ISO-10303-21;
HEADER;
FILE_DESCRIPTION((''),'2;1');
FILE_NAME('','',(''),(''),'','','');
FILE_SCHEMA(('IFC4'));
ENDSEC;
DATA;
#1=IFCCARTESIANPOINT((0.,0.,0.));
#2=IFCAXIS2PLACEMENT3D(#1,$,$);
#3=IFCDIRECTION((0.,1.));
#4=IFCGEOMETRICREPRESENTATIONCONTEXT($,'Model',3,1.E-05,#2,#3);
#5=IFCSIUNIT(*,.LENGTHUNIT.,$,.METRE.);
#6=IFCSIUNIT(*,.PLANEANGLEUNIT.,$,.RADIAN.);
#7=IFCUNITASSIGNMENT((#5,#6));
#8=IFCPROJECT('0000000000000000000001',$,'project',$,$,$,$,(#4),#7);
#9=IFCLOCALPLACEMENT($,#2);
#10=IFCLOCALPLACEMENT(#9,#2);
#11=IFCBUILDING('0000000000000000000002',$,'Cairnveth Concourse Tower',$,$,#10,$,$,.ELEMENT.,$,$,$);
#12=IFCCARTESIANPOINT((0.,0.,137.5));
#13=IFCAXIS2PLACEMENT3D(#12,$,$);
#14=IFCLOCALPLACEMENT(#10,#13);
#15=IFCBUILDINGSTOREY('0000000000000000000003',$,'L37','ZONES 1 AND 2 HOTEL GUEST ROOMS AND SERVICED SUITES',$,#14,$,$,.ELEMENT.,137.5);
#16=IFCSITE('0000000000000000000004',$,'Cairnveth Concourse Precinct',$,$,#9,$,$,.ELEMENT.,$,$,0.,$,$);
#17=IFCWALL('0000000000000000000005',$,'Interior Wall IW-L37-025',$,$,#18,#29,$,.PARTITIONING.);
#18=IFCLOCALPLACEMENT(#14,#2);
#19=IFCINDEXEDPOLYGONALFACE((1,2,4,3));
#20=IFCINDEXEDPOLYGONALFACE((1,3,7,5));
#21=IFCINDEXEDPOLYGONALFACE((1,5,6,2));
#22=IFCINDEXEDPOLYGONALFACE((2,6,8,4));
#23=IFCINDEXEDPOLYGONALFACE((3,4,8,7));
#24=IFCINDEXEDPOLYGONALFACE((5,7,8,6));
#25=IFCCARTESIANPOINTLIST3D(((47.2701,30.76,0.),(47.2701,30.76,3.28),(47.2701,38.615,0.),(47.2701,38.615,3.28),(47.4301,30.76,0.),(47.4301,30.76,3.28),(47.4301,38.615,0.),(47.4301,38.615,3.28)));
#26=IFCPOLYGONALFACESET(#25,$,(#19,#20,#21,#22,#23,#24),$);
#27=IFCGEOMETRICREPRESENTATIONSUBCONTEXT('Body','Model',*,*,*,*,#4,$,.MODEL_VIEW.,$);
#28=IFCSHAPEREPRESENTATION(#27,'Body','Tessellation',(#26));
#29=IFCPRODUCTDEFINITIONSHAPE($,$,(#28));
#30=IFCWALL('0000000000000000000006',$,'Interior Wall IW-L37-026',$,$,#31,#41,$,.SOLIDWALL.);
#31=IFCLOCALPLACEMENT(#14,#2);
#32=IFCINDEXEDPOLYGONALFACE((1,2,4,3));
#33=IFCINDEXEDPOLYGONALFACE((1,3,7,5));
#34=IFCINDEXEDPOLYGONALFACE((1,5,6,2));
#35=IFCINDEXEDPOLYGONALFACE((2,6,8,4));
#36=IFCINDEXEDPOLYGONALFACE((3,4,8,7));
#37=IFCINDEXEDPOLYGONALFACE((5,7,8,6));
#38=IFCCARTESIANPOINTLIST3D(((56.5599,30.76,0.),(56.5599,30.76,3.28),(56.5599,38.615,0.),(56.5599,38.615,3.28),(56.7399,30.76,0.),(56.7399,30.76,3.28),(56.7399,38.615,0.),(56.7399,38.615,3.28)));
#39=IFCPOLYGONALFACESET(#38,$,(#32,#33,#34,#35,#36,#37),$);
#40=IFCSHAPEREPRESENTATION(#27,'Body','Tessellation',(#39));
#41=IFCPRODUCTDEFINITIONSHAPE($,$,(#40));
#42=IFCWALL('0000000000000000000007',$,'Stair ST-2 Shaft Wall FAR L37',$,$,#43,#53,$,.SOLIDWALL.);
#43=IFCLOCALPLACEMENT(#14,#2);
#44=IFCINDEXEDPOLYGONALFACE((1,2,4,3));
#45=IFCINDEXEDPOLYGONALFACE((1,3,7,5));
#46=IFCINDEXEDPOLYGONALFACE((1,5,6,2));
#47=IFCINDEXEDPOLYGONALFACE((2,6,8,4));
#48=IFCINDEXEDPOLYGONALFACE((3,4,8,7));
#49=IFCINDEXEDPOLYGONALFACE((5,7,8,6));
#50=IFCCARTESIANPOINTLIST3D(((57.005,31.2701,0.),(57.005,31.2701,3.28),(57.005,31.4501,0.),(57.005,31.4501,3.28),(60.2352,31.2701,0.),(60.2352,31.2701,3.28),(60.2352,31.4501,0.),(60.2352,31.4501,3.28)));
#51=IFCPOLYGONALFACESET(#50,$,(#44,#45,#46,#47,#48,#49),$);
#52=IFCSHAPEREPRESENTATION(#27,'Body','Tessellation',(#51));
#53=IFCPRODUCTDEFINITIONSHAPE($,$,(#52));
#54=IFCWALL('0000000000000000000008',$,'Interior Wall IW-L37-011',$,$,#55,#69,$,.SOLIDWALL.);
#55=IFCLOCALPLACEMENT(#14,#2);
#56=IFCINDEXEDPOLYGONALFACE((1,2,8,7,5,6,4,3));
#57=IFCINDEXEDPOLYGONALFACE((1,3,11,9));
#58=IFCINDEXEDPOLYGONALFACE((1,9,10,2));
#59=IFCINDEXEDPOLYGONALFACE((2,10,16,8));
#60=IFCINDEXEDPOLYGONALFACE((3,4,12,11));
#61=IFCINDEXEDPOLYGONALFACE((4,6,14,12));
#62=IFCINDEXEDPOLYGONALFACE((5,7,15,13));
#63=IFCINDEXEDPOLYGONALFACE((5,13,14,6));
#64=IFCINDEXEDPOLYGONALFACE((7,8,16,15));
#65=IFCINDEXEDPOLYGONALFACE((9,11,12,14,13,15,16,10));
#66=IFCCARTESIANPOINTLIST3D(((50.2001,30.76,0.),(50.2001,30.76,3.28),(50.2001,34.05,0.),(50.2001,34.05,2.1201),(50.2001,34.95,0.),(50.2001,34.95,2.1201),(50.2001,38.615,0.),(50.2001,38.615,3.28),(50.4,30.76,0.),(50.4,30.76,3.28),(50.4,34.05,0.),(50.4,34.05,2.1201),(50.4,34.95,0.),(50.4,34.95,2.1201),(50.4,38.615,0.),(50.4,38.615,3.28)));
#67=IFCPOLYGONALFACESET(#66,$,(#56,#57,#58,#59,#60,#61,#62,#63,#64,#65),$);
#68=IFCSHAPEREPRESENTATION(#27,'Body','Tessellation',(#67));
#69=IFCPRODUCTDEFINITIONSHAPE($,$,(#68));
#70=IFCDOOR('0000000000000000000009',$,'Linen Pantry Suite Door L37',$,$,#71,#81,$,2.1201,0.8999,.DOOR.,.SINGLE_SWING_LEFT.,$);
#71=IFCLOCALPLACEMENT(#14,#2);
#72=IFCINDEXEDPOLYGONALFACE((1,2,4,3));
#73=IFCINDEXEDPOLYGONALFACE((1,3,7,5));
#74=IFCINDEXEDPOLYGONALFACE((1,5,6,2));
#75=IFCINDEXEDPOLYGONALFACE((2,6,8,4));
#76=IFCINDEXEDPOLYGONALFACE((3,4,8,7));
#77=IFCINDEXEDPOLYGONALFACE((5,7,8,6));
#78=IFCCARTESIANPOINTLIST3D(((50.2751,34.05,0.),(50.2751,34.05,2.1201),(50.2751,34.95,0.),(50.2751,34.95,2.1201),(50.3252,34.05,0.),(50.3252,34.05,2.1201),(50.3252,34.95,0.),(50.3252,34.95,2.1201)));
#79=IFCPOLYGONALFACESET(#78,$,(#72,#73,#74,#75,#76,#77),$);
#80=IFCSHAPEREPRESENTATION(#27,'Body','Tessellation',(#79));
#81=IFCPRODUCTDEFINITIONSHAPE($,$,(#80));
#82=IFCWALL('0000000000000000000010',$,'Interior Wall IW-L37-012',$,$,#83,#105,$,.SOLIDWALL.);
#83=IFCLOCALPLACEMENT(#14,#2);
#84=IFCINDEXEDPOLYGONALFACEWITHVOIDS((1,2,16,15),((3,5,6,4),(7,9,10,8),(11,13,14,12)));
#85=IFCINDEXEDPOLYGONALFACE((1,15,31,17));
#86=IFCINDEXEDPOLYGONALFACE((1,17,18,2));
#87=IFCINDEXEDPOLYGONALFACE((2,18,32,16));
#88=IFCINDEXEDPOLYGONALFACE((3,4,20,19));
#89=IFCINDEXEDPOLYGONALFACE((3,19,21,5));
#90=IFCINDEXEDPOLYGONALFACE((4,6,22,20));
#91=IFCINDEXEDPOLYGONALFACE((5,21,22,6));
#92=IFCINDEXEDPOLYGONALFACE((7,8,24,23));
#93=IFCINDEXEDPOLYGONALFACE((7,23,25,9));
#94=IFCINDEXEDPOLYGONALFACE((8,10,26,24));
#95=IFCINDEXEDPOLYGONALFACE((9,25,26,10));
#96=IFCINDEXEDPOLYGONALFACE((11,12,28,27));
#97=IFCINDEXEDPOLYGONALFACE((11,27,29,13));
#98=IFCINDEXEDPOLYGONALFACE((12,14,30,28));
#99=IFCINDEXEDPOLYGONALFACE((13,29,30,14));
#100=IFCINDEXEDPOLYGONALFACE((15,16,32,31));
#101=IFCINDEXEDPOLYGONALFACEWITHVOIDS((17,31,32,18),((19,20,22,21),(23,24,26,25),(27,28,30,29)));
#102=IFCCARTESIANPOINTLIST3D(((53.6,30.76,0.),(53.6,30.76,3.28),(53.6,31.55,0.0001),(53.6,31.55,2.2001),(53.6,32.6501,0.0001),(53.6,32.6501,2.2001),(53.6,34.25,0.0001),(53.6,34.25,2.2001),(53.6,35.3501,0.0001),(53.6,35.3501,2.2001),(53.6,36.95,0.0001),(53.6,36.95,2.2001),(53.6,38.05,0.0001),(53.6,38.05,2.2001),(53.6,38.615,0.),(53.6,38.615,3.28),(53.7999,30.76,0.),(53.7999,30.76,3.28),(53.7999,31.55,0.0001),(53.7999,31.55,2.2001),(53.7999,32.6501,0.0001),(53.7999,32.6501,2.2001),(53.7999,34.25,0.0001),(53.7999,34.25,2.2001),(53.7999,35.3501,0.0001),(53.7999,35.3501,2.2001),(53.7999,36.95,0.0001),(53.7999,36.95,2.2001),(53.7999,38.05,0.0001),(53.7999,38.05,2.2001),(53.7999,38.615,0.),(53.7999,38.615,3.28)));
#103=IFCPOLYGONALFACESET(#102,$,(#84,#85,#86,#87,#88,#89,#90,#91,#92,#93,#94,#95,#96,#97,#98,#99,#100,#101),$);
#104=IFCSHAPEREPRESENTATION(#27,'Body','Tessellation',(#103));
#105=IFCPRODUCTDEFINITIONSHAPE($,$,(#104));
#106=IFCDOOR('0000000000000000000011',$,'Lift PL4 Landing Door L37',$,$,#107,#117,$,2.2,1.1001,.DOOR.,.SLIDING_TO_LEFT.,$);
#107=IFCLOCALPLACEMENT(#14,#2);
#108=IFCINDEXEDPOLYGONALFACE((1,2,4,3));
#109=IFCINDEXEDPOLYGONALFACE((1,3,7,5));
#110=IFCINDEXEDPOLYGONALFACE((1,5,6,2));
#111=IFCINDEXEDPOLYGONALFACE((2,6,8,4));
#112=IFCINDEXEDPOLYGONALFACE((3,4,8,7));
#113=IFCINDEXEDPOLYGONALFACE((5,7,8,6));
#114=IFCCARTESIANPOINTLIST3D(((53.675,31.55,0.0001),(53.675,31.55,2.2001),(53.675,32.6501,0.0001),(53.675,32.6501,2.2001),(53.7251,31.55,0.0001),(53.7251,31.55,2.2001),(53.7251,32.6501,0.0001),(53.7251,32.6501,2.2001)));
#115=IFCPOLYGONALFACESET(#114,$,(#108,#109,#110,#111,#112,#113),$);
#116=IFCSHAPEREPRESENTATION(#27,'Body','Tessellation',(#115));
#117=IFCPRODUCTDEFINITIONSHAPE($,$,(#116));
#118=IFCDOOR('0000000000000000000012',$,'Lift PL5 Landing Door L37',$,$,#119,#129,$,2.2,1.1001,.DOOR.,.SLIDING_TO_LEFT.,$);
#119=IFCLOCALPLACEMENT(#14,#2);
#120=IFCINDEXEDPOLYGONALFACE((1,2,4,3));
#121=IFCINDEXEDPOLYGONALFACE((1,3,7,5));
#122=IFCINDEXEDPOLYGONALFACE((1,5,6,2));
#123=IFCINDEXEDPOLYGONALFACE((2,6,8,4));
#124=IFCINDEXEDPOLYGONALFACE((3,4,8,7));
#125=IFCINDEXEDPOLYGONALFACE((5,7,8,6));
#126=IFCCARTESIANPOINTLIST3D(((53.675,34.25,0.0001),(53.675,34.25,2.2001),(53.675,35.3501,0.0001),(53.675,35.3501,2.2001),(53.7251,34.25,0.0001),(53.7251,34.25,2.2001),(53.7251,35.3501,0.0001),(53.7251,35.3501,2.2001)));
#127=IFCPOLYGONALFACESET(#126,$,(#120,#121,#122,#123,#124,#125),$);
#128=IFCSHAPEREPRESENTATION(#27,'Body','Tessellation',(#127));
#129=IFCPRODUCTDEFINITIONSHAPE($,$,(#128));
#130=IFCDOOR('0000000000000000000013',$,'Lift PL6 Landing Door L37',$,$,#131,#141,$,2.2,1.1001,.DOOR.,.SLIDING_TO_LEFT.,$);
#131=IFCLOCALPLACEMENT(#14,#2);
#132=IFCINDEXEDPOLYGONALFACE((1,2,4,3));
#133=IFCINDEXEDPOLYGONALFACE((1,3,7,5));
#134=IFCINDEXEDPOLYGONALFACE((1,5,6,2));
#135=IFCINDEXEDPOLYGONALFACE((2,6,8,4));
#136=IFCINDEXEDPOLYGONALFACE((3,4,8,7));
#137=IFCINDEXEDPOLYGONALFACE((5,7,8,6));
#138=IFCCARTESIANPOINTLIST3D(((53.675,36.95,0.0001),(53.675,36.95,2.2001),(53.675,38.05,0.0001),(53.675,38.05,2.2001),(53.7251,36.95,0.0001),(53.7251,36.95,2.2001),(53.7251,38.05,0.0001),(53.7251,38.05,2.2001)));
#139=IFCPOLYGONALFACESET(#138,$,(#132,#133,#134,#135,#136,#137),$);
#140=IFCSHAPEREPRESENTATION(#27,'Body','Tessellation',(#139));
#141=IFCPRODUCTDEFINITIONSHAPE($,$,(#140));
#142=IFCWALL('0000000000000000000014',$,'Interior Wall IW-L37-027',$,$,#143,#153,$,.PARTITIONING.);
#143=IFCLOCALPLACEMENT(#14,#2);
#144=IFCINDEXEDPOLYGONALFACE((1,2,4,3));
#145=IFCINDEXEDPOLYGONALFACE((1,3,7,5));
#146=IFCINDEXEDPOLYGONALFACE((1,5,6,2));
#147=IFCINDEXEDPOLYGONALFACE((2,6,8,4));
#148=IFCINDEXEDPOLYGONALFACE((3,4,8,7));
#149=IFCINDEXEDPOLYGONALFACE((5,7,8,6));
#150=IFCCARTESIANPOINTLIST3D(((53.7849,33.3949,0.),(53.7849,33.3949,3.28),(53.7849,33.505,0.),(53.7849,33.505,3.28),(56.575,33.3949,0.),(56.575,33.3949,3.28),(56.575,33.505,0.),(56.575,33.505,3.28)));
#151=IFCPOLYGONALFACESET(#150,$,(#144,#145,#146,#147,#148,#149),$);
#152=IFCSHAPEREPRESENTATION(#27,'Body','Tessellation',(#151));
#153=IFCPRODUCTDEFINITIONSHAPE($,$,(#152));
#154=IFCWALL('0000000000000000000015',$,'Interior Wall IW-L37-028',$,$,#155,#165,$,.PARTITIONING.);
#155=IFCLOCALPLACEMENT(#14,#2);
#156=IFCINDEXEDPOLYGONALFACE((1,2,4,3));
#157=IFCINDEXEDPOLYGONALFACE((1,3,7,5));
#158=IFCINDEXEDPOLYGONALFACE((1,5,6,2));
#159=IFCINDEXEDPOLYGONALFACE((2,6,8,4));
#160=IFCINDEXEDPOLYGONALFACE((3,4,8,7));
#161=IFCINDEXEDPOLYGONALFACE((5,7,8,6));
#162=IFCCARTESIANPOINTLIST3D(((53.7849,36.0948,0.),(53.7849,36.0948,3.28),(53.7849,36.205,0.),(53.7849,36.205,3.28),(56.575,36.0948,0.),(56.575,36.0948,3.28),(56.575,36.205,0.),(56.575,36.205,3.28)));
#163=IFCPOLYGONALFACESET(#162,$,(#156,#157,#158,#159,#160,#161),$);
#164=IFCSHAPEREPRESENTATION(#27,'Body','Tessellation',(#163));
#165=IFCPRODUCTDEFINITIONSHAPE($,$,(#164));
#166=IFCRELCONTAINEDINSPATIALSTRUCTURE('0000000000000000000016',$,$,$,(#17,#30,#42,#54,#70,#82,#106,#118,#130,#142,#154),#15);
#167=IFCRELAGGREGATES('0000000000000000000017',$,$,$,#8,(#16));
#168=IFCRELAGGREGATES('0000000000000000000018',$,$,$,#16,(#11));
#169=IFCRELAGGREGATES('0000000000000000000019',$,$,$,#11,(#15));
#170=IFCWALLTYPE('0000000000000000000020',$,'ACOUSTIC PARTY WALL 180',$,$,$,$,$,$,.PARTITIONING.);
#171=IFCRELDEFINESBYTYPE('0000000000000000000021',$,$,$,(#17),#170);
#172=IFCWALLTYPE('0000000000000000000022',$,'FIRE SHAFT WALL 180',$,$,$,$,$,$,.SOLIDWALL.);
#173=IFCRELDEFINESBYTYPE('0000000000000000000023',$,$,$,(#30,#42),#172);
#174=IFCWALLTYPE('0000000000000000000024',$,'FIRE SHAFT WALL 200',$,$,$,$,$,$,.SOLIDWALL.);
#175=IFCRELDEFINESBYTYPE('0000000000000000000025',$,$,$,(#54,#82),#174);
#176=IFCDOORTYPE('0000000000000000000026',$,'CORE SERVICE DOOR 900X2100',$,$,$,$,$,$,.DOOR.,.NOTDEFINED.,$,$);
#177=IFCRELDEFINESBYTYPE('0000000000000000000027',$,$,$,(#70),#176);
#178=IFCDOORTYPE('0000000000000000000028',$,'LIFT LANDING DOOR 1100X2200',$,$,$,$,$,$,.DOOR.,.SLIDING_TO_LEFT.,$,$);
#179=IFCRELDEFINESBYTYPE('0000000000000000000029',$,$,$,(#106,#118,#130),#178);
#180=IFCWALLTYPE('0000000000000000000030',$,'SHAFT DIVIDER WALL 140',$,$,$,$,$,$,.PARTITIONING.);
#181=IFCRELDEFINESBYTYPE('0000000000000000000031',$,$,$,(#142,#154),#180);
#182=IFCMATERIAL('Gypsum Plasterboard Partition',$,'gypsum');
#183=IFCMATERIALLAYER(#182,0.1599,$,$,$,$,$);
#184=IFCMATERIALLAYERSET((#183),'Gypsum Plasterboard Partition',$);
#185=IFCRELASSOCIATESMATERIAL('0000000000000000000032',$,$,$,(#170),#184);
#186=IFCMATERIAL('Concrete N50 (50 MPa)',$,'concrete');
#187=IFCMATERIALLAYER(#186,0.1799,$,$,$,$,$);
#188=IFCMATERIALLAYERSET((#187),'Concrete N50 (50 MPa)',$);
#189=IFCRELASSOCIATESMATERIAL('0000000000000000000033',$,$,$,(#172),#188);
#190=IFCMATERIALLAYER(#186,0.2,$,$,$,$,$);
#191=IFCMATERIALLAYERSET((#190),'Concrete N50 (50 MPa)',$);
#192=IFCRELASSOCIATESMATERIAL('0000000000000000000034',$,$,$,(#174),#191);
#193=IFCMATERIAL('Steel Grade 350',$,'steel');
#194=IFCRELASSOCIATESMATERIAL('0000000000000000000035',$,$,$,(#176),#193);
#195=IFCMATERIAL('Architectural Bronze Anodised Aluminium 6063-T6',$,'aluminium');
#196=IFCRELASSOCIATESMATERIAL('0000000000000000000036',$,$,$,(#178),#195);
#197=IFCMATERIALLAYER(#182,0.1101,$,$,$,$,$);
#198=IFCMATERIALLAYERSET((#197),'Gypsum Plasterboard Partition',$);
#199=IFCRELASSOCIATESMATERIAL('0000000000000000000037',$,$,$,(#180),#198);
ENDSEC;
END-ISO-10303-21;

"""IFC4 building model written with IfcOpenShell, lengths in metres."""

from ifc_helpers import new_model, si_unit, direction, frame, frame_2d, origin, place, context, subcontext, project, spatial, rectangle, extrude, material, layer, layer_set, type_object, element, fill, save


model = new_model("IFC4")

# Units and contexts
model_context = context("Model", 3, precision=1e-05, world=origin(), true_north=direction((0.0, 1.0)))
body_context = subcontext(model_context, "Body", "Model", "MODEL_VIEW")
ifc_project = project(units=[si_unit("LENGTHUNIT", "METRE"), si_unit("PLANEANGLEUNIT", "RADIAN")], contexts=[model_context])

# Site, building, storey
site_placement = place(None, origin())
site = spatial("IfcSite", under=ifc_project, at=site_placement, Name="Cairnveth Concourse Precinct", CompositionType="ELEMENT", RefElevation=0.0)
building_placement = place(site_placement, origin())
building = spatial("IfcBuilding", under=site, at=building_placement, Name="Cairnveth Concourse Tower", CompositionType="ELEMENT")
storey_placement = place(building_placement, frame((0.0, 0.0, 137.5)))
storey = spatial("IfcBuildingStorey", under=building, at=storey_placement, Name="L37", Description="ZONES 1 AND 2 HOTEL GUEST ROOMS AND SERVICED SUITES", CompositionType="ELEMENT", Elevation=137.5)

# Walls
ifc_material_1 = material(Name="Gypsum Plasterboard Partition", Category="gypsum")
ifc_layer_1 = layer(ifc_material_1, 0.1599)
ifc_layer_set_1 = layer_set([ifc_layer_1], Name="Gypsum Plasterboard Partition")
wall_type_1 = type_object("IfcWallType", Name="ACOUSTIC PARTY WALL 180", PredefinedType="PARTITIONING", material=ifc_layer_set_1)
wall_1_placement = place(storey_placement, frame((47.3501, 30.76, 0.0), z_axis=(0.0, 0.0, 1.0), x_axis=(0.0, 1.0, 0.0)))
element("IfcWall", 1, at=wall_1_placement, inside=storey, type_object=wall_type_1, Name="Interior Wall IW-L37-025", PredefinedType="PARTITIONING", context=body_context, shape_type="SweptSolid", body=[
    extrude(rectangle(XDim=7.855, YDim=0.1599, at=frame_2d((3.9275, 0.0))), origin(), (0.0, 0.0, 1.0), 3.28),
])
ifc_material_2 = material(Name="Concrete N50 (50 MPa)", Category="concrete")
ifc_layer_2 = layer(ifc_material_2, 0.1799)
ifc_layer_set_2 = layer_set([ifc_layer_2], Name="Concrete N50 (50 MPa)")
wall_type_2 = type_object("IfcWallType", Name="FIRE SHAFT WALL 180", PredefinedType="SOLIDWALL", material=ifc_layer_set_2)
wall_2_placement = place(storey_placement, frame((56.6499, 30.76, 0.0), z_axis=(0.0, 0.0, 1.0), x_axis=(0.0, 1.0, 0.0)))
element("IfcWall", 2, at=wall_2_placement, inside=storey, type_object=wall_type_2, Name="Interior Wall IW-L37-026", PredefinedType="SOLIDWALL", context=body_context, shape_type="SweptSolid", body=[
    extrude(rectangle(XDim=7.855, YDim=0.1799, at=frame_2d((3.9275, 0.0))), origin(), (0.0, 0.0, 1.0), 3.28),
])
wall_3_placement = place(storey_placement, frame((57.0049, 31.3601, 0.0), z_axis=(0.0, 0.0, 1.0), x_axis=(1.0, 0.0, 0.0)))
element("IfcWall", 3, at=wall_3_placement, inside=storey, type_object=wall_type_2, Name="Stair ST-2 Shaft Wall FAR L37", PredefinedType="SOLIDWALL", context=body_context, shape_type="SweptSolid", body=[
    extrude(rectangle(XDim=3.2302, YDim=0.1799, at=frame_2d((1.6152, 0.0))), origin(), (0.0, 0.0, 1.0), 3.28),
])

# Wall, opening, door
ifc_layer_3 = layer(ifc_material_2, 0.2)
ifc_layer_set_3 = layer_set([ifc_layer_3], Name="Concrete N50 (50 MPa)")
wall_type_3 = type_object("IfcWallType", Name="FIRE SHAFT WALL 200", PredefinedType="SOLIDWALL", material=ifc_layer_set_3)
wall_4_placement = place(storey_placement, frame((50.3, 30.76, 0.0), z_axis=(0.0, 0.0, 1.0), x_axis=(0.0, 1.0, 0.0)))
wall_4 = element("IfcWall", 4, at=wall_4_placement, inside=storey, type_object=wall_type_3, Name="Interior Wall IW-L37-011", PredefinedType="SOLIDWALL", context=body_context, shape_type="SweptSolid", body=[
    extrude(rectangle(XDim=7.855, YDim=0.2, at=frame_2d((3.9275, 0.0))), origin(), (0.0, 0.0, 1.0), 3.28),
])
opening_1_placement = place(wall_4_placement, frame((3.29, 0.0, 0.0)))
opening_1 = element("IfcOpeningElement", 5, at=opening_1_placement, cuts=wall_4, PredefinedType="OPENING", context=body_context, shape_type="SweptSolid", body=[
    extrude(rectangle(XDim=0.8999, YDim=2.1201, at=frame_2d((0.45, 1.0601))), frame((0.0, 0.1099, 0.0), z_axis=(0.0, -1.0, 0.0), x_axis=(1.0, 0.0, 0.0)), (0.0, 0.0, 1.0), 0.22),
])
ifc_material_3 = material(Name="Steel Grade 350", Category="steel")
door_type_1 = type_object("IfcDoorType", Name="CORE SERVICE DOOR 900X2100", OperationType="NOTDEFINED", PredefinedType="DOOR", material=ifc_material_3)
door_1_placement = place(opening_1_placement, origin())
door_1 = element("IfcDoor", 6, at=door_1_placement, inside=storey, type_object=door_type_1, Name="Linen Pantry Suite Door L37", OperationType="SINGLE_SWING_LEFT", OverallHeight=2.1201, OverallWidth=0.8999, PredefinedType="DOOR", context=body_context, shape_type="SweptSolid", body=[
    extrude(rectangle(XDim=0.8999, YDim=2.1201, at=frame_2d((0.45, 1.0601))), frame((0.0, 0.0249, 0.0), z_axis=(0.0, -1.0, 0.0), x_axis=(1.0, 0.0, 0.0)), (0.0, 0.0, 1.0), 0.05),
])
fill(opening_1, door_1)

# Wall, openings, doors
wall_5_placement = place(storey_placement, frame((53.7, 30.76, 0.0), z_axis=(0.0, 0.0, 1.0), x_axis=(0.0, 1.0, 0.0)))
wall_5 = element("IfcWall", 7, at=wall_5_placement, inside=storey, type_object=wall_type_3, Name="Interior Wall IW-L37-012", PredefinedType="SOLIDWALL", context=body_context, shape_type="SweptSolid", body=[
    extrude(rectangle(XDim=7.855, YDim=0.2, at=frame_2d((3.9275, 0.0))), origin(), (0.0, 0.0, 1.0), 3.28),
])
opening_2_placement = place(wall_5_placement, frame((0.79, 0.0, 0.0)))
opening_2 = element("IfcOpeningElement", 8, at=opening_2_placement, cuts=wall_5, PredefinedType="OPENING", context=body_context, shape_type="SweptSolid", body=[
    extrude(rectangle(XDim=1.1001, YDim=2.2, at=frame_2d((0.55, 1.1001))), frame((0.0, 0.1099, 0.0), z_axis=(0.0, -1.0, 0.0), x_axis=(1.0, 0.0, 0.0)), (0.0, 0.0, 1.0), 0.22),
])
opening_3_placement = place(wall_5_placement, frame((3.49, 0.0, 0.0)))
opening_3 = element("IfcOpeningElement", 9, at=opening_3_placement, cuts=wall_5, PredefinedType="OPENING", context=body_context, shape_type="SweptSolid", body=[
    extrude(rectangle(XDim=1.1001, YDim=2.2, at=frame_2d((0.55, 1.1001))), frame((0.0, 0.1099, 0.0), z_axis=(0.0, -1.0, 0.0), x_axis=(1.0, 0.0, 0.0)), (0.0, 0.0, 1.0), 0.22),
])
opening_4_placement = place(wall_5_placement, frame((6.1899, 0.0, 0.0)))
opening_4 = element("IfcOpeningElement", 10, at=opening_4_placement, cuts=wall_5, PredefinedType="OPENING", context=body_context, shape_type="SweptSolid", body=[
    extrude(rectangle(XDim=1.1001, YDim=2.2, at=frame_2d((0.55, 1.1001))), frame((0.0, 0.1099, 0.0), z_axis=(0.0, -1.0, 0.0), x_axis=(1.0, 0.0, 0.0)), (0.0, 0.0, 1.0), 0.22),
])
ifc_material_4 = material(Name="Architectural Bronze Anodised Aluminium 6063-T6", Category="aluminium")
door_type_2 = type_object("IfcDoorType", Name="LIFT LANDING DOOR 1100X2200", OperationType="SLIDING_TO_LEFT", PredefinedType="DOOR", material=ifc_material_4)
door_2_placement = place(opening_2_placement, origin())
door_2 = element("IfcDoor", 11, at=door_2_placement, inside=storey, type_object=door_type_2, Name="Lift PL4 Landing Door L37", OperationType="SLIDING_TO_LEFT", OverallHeight=2.2, OverallWidth=1.1001, PredefinedType="DOOR", context=body_context, shape_type="SweptSolid", body=[
    extrude(rectangle(XDim=1.1001, YDim=2.2, at=frame_2d((0.55, 1.1001))), frame((0.0, 0.0249, 0.0), z_axis=(0.0, -1.0, 0.0), x_axis=(1.0, 0.0, 0.0)), (0.0, 0.0, 1.0), 0.05),
])
fill(opening_2, door_2)
door_3_placement = place(opening_3_placement, origin())
door_3 = element("IfcDoor", 12, at=door_3_placement, inside=storey, type_object=door_type_2, Name="Lift PL5 Landing Door L37", OperationType="SLIDING_TO_LEFT", OverallHeight=2.2, OverallWidth=1.1001, PredefinedType="DOOR", context=body_context, shape_type="SweptSolid", body=[
    extrude(rectangle(XDim=1.1001, YDim=2.2, at=frame_2d((0.55, 1.1001))), frame((0.0, 0.0249, 0.0), z_axis=(0.0, -1.0, 0.0), x_axis=(1.0, 0.0, 0.0)), (0.0, 0.0, 1.0), 0.05),
])
fill(opening_3, door_3)
door_4_placement = place(opening_4_placement, origin())
door_4 = element("IfcDoor", 13, at=door_4_placement, inside=storey, type_object=door_type_2, Name="Lift PL6 Landing Door L37", OperationType="SLIDING_TO_LEFT", OverallHeight=2.2, OverallWidth=1.1001, PredefinedType="DOOR", context=body_context, shape_type="SweptSolid", body=[
    extrude(rectangle(XDim=1.1001, YDim=2.2, at=frame_2d((0.55, 1.1001))), frame((0.0, 0.0249, 0.0), z_axis=(0.0, -1.0, 0.0), x_axis=(1.0, 0.0, 0.0)), (0.0, 0.0, 1.0), 0.05),
])
fill(opening_4, door_4)

# Walls
ifc_layer_4 = layer(ifc_material_1, 0.1101)
ifc_layer_set_4 = layer_set([ifc_layer_4], Name="Gypsum Plasterboard Partition")
wall_type_4 = type_object("IfcWallType", Name="SHAFT DIVIDER WALL 140", PredefinedType="PARTITIONING", material=ifc_layer_set_4)
for number, where, z_axis, x_axis, name in (
    (14, (53.7849, 33.45, 0.0), (0.0, 0.0, 1.0), (1.0, 0.0, 0.0), "Interior Wall IW-L37-027"),
    (15, (53.7849, 36.1499, 0.0), (0.0, 0.0, 1.0), (1.0, 0.0, 0.0), "Interior Wall IW-L37-028"),
):
    element("IfcWall", number, at=place(storey_placement, frame(where, z_axis=z_axis, x_axis=x_axis)), inside=storey, type_object=wall_type_4, Name=name, PredefinedType="PARTITIONING", context=body_context, shape_type="SweptSolid", body=[
        extrude(rectangle(XDim=2.79, YDim=0.1101, at=frame_2d((1.395, 0.0))), origin(), (0.0, 0.0, 1.0), 3.28),
    ])

save(model, "model.ifc")
